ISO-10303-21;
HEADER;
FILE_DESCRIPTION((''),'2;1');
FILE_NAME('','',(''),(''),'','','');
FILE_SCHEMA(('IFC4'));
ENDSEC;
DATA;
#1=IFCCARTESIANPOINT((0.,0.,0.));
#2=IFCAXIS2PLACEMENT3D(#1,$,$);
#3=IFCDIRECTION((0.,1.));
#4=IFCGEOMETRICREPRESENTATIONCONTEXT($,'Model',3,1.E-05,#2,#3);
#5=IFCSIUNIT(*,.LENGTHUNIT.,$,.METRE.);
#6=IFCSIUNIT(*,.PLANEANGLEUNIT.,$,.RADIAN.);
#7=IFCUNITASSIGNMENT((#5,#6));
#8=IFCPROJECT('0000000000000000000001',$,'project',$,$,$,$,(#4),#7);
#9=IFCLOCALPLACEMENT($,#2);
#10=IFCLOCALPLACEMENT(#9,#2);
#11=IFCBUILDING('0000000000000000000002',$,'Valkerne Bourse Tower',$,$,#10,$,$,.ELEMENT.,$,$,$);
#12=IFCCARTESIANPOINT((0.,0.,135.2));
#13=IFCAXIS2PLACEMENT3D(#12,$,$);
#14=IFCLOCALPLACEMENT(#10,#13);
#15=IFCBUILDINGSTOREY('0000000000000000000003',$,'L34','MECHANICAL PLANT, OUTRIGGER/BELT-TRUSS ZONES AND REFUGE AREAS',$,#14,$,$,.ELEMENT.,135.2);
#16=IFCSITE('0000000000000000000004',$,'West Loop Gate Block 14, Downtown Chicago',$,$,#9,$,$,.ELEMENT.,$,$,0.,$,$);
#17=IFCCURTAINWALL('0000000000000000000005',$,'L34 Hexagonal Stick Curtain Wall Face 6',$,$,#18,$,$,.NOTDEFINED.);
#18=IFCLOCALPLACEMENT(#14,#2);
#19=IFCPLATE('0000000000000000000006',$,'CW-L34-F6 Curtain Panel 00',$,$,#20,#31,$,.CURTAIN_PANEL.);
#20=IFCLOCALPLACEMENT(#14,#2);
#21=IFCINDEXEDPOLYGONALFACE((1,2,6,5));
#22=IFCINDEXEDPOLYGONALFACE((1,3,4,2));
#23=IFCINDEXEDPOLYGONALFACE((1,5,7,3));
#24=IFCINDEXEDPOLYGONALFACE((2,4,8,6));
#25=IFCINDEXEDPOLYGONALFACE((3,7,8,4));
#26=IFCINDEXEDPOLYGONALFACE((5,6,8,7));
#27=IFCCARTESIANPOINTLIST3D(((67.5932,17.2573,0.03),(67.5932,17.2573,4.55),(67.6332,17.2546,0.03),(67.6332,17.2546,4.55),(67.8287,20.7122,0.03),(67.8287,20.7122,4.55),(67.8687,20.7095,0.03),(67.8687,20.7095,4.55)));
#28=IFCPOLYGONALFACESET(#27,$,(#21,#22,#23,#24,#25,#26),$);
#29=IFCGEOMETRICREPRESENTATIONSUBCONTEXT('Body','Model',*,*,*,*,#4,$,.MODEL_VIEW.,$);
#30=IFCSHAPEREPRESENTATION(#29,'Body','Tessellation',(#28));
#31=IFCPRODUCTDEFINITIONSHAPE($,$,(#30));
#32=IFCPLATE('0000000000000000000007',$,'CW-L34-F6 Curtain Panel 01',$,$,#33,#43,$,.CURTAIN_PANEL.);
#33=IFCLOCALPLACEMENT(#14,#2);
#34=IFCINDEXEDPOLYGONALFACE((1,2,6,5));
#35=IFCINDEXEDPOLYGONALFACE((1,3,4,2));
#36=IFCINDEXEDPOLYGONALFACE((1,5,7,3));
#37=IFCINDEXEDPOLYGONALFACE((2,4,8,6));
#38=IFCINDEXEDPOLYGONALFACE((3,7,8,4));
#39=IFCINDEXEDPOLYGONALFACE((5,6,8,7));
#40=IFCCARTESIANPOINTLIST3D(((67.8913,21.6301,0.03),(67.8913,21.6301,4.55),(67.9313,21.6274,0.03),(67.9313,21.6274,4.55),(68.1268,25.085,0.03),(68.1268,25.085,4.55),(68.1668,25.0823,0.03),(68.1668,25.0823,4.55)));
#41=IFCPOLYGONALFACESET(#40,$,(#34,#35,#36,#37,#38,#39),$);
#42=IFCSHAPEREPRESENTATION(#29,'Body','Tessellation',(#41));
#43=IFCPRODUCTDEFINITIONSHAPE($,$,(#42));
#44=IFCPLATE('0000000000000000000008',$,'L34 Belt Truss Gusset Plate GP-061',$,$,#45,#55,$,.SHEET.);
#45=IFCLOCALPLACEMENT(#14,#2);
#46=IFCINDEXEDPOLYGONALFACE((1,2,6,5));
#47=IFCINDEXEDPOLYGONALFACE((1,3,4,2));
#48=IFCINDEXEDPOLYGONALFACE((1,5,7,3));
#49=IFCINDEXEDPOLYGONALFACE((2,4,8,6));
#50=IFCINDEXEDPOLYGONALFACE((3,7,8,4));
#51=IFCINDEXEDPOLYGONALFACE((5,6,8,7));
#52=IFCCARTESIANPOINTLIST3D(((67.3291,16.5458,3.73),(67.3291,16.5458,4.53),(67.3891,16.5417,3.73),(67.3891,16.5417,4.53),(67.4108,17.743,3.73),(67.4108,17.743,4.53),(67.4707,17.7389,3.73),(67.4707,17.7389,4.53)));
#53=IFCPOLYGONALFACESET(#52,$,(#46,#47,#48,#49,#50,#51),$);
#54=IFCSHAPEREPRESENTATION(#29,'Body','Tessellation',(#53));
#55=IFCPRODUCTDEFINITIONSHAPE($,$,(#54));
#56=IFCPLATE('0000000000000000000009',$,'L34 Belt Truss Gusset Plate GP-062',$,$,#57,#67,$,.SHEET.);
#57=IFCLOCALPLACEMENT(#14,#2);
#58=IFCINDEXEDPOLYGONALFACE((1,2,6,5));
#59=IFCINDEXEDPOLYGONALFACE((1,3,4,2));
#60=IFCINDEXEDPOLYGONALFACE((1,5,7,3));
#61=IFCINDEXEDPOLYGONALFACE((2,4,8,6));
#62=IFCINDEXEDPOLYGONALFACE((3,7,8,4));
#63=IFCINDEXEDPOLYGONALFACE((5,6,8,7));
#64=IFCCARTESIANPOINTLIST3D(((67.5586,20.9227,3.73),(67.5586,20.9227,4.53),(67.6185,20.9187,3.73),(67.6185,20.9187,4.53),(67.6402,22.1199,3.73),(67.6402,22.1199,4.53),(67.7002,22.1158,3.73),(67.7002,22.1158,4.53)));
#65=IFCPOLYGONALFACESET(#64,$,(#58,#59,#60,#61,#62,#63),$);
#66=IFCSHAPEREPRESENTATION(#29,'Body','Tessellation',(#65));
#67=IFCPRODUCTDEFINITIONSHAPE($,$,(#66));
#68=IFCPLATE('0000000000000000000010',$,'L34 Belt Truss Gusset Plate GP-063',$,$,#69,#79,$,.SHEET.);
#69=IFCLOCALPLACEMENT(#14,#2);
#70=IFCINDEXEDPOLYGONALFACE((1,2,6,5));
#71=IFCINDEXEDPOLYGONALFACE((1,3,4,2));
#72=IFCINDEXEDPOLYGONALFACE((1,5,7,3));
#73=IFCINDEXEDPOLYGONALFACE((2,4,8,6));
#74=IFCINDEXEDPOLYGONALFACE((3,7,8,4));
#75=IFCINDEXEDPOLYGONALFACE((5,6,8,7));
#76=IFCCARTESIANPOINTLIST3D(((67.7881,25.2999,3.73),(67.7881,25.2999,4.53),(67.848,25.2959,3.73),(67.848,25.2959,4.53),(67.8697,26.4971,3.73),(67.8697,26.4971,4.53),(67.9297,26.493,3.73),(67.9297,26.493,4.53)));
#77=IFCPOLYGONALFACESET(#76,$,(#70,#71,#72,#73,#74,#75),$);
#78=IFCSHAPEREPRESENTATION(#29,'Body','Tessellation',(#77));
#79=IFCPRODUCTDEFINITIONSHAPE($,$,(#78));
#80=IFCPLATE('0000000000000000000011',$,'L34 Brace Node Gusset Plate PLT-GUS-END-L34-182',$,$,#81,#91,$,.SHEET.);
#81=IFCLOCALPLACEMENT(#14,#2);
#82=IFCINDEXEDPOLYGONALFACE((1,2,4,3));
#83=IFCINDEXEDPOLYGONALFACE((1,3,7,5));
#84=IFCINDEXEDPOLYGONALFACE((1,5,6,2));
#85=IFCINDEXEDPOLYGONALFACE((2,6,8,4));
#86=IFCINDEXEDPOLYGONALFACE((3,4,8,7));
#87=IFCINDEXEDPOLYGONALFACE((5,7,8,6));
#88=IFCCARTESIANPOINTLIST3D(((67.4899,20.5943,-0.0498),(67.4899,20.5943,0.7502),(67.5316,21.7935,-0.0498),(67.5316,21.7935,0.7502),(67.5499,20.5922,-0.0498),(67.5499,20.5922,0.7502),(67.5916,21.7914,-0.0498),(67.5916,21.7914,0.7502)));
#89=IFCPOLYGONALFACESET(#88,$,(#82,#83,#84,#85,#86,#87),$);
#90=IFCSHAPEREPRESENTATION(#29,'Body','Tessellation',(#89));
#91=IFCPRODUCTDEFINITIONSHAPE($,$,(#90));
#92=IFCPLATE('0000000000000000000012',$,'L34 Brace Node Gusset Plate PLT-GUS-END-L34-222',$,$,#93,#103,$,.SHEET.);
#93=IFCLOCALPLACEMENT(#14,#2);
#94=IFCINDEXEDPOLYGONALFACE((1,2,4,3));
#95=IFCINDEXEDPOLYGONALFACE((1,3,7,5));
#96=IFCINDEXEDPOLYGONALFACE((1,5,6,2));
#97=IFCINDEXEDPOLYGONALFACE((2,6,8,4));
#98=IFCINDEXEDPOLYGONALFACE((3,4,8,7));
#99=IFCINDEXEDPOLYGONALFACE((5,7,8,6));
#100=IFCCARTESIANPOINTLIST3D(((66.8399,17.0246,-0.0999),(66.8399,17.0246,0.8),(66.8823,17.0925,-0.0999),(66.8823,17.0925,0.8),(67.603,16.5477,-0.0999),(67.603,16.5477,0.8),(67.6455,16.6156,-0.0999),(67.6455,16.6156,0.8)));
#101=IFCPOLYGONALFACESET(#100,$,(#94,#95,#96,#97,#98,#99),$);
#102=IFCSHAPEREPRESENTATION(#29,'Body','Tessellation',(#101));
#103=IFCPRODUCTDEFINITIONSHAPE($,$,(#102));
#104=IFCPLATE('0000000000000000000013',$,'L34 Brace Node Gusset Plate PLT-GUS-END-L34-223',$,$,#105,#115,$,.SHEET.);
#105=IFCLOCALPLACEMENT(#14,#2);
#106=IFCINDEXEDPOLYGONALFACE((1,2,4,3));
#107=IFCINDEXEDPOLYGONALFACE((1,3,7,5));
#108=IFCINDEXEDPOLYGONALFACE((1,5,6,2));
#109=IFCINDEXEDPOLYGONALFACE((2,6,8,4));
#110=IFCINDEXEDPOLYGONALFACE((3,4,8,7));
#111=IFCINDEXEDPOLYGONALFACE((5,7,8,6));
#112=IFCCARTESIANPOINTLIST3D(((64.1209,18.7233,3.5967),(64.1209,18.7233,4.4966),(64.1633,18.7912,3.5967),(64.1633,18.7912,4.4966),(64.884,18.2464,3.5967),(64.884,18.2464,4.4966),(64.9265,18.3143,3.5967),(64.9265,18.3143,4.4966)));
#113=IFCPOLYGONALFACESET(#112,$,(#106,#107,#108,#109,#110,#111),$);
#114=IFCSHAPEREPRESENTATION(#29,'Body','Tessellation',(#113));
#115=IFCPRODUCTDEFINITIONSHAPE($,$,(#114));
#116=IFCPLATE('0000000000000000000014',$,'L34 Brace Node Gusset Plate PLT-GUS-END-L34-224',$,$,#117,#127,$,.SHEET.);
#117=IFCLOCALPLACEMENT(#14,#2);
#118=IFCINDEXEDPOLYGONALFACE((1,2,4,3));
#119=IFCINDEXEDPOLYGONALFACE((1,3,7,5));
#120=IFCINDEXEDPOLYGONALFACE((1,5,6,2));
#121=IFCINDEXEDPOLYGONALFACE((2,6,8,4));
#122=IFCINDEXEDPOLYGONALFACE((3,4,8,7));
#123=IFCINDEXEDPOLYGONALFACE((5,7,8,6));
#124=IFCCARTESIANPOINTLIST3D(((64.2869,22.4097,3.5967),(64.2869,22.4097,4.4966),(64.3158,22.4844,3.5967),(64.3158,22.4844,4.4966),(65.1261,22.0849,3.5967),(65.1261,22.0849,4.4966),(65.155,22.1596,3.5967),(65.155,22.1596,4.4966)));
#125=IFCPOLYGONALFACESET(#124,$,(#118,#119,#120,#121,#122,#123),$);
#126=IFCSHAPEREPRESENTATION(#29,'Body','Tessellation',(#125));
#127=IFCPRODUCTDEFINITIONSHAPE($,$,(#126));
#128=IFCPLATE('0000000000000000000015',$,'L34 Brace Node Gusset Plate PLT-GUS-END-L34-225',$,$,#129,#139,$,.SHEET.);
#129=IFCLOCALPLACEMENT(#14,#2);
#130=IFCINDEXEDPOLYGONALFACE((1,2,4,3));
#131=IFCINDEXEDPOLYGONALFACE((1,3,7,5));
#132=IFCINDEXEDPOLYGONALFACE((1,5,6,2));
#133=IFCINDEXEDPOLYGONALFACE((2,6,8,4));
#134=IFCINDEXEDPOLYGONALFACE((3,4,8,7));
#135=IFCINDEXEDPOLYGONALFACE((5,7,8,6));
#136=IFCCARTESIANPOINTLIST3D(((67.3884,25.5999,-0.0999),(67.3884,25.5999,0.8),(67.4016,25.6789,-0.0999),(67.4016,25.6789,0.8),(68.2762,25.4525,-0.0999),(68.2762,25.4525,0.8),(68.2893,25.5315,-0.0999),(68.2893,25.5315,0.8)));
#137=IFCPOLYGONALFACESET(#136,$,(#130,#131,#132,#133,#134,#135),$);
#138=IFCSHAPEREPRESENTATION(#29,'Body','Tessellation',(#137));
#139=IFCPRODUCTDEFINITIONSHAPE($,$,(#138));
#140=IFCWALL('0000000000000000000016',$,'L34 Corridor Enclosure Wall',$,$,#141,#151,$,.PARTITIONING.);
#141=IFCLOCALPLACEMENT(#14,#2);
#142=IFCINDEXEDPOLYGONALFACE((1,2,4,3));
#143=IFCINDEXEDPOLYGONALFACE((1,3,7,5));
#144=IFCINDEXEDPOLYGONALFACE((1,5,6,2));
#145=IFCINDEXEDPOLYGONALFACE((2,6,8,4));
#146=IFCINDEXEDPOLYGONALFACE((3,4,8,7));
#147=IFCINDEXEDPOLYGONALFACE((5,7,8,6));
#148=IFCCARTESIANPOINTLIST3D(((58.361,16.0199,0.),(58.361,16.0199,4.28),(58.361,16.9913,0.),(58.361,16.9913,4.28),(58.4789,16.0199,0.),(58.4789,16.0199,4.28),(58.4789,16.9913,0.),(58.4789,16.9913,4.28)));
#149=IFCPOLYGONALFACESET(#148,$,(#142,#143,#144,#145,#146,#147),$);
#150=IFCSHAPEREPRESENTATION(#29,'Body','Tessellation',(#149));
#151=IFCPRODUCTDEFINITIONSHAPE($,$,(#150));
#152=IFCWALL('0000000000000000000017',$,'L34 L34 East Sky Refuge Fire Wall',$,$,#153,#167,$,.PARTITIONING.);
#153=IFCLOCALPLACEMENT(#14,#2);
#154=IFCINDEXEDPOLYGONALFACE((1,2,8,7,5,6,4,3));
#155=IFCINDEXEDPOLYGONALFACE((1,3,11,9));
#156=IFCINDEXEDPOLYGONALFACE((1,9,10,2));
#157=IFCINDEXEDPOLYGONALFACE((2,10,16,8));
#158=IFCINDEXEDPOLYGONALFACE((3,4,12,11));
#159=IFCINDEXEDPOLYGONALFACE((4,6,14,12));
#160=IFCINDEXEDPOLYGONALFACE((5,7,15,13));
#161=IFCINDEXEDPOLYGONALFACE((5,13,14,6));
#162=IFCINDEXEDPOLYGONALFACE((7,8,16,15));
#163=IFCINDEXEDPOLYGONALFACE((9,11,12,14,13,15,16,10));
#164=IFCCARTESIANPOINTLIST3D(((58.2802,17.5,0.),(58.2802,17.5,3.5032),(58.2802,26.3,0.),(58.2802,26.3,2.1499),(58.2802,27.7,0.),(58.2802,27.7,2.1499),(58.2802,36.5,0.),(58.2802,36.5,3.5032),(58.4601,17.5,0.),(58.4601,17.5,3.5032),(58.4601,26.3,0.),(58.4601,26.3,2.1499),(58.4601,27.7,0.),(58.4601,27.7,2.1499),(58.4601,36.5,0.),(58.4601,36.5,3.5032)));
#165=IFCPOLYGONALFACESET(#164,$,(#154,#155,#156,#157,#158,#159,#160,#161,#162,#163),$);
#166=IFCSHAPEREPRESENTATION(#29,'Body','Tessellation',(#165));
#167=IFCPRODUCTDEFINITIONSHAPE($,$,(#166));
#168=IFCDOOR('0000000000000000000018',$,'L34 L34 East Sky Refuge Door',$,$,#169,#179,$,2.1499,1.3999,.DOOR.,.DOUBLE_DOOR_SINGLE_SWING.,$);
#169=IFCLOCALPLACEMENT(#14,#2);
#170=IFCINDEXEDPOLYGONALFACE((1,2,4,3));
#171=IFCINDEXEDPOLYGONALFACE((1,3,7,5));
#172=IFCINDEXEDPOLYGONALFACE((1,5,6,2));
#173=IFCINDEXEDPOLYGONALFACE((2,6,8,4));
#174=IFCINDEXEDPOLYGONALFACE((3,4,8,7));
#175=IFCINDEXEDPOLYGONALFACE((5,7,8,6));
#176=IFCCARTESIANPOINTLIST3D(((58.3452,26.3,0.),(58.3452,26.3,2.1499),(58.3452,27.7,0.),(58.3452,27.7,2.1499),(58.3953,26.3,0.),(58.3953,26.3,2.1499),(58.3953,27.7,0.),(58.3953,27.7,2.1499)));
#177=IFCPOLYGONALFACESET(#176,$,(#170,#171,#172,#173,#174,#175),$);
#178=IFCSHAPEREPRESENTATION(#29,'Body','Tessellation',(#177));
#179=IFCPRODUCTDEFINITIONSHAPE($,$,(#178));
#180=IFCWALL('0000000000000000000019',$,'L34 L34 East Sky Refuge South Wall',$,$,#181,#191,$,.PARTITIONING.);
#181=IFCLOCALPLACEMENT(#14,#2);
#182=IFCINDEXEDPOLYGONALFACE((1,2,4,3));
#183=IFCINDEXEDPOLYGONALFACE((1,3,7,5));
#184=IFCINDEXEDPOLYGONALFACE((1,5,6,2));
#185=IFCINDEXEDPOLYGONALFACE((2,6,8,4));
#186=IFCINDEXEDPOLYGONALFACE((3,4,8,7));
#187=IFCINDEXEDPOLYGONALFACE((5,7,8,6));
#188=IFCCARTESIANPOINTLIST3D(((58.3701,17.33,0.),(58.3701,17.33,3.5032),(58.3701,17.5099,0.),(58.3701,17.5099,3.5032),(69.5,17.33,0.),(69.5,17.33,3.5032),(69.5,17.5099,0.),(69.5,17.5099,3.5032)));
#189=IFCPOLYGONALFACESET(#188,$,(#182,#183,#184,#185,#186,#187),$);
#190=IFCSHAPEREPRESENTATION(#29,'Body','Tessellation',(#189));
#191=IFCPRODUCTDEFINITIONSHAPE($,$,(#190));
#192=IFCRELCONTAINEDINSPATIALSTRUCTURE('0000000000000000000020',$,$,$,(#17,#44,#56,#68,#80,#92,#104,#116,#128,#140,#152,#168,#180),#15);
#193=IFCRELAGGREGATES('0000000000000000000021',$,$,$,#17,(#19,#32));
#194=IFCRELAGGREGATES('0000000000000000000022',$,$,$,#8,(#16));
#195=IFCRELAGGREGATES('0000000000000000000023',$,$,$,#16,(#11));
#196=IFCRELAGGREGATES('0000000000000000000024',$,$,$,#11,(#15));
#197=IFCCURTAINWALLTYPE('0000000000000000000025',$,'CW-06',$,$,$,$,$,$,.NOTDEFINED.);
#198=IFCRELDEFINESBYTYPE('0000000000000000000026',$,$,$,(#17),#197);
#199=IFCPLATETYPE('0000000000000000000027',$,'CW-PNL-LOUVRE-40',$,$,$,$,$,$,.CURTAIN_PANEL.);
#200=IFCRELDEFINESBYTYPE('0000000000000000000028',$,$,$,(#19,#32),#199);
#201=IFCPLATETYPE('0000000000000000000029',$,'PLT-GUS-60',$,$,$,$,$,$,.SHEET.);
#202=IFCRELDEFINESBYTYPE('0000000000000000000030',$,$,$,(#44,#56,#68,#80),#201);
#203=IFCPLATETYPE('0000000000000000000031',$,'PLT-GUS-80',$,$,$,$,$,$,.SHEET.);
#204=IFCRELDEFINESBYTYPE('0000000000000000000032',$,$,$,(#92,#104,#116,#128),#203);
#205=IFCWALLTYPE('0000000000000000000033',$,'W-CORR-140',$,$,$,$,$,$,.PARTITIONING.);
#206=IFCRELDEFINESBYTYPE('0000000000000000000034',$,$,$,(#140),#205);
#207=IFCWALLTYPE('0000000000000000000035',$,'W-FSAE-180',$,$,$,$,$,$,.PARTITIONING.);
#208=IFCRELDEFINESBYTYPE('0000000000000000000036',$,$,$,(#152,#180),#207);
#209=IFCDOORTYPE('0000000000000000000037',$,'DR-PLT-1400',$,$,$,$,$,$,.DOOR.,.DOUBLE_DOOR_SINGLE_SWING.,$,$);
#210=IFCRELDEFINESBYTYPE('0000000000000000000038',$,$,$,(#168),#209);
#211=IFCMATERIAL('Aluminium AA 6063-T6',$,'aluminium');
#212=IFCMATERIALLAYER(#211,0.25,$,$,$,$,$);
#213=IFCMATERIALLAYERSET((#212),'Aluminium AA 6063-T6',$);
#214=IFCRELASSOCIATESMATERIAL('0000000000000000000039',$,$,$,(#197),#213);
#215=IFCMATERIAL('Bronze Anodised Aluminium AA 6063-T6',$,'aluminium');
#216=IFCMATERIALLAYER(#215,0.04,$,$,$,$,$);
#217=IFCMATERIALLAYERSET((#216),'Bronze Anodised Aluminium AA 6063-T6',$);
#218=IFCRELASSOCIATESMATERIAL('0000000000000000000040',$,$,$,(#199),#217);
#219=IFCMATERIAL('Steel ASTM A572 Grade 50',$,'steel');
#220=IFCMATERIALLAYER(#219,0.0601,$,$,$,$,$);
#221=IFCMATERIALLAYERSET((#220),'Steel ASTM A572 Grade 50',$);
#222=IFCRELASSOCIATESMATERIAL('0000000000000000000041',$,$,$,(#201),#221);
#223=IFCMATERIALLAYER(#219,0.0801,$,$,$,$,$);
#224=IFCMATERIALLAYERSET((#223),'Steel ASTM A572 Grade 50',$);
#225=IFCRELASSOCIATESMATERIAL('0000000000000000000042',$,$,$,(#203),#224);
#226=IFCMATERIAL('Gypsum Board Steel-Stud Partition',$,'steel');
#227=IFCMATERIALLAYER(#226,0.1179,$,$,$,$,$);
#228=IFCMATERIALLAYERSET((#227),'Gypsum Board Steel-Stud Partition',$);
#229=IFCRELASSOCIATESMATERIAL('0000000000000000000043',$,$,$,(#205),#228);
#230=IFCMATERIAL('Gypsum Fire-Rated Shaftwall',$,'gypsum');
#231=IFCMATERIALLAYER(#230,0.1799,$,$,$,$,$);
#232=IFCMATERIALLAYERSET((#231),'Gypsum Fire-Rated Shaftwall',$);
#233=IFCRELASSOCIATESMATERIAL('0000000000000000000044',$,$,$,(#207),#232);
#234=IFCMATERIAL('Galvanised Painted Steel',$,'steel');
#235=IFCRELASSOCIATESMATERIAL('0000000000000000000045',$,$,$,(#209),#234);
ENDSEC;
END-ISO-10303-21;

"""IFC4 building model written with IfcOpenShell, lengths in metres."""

from ifc_helpers import new_model, si_unit, direction, frame, frame_2d, origin, origin_2d, place, context, subcontext, project, spatial, rectangle, extrude, material, layer, layer_set, type_object, element, fill, aggregate, save


model = new_model("IFC4")

# Units and contexts
model_context = context("Model", 3, precision=1e-05, world=origin(), true_north=direction((0.0, 1.0)))
body_context = subcontext(model_context, "Body", "Model", "MODEL_VIEW")
ifc_project = project(units=[si_unit("LENGTHUNIT", "METRE"), si_unit("PLANEANGLEUNIT", "RADIAN")], contexts=[model_context])

# Site, building, storey
site_placement = place(None, origin())
site = spatial("IfcSite", under=ifc_project, at=site_placement, Name="West Loop Gate Block 14, Downtown Chicago", CompositionType="ELEMENT", RefElevation=0.0)
building_placement = place(site_placement, origin())
building = spatial("IfcBuilding", under=site, at=building_placement, Name="Valkerne Bourse Tower", CompositionType="ELEMENT")
storey_placement = place(building_placement, frame((0.0, 0.0, 135.2)))
storey = spatial("IfcBuildingStorey", under=building, at=storey_placement, Name="L34", Description="MECHANICAL PLANT, OUTRIGGER/BELT-TRUSS ZONES AND REFUGE AREAS", CompositionType="ELEMENT", Elevation=135.2)

# Curtain wall
ifc_material_1 = material(Name="Aluminium AA 6063-T6", Category="aluminium")
ifc_layer_1 = layer(ifc_material_1, 0.25)
ifc_layer_set_1 = layer_set([ifc_layer_1], Name="Aluminium AA 6063-T6")
curtain_wall_type = type_object("IfcCurtainWallType", Name="CW-06", PredefinedType="NOTDEFINED", material=ifc_layer_set_1)
curtain_wall_placement = place(storey_placement, origin())
curtain_wall = element("IfcCurtainWall", 1, at=curtain_wall_placement, inside=storey, type_object=curtain_wall_type, Name="L34 Hexagonal Stick Curtain Wall Face 6", PredefinedType="NOTDEFINED")

# Plates
ifc_material_2 = material(Name="Bronze Anodised Aluminium AA 6063-T6", Category="aluminium")
ifc_layer_2 = layer(ifc_material_2, 0.04)
ifc_layer_set_2 = layer_set([ifc_layer_2], Name="Bronze Anodised Aluminium AA 6063-T6")
plate_type_1 = type_object("IfcPlateType", Name="CW-PNL-LOUVRE-40", PredefinedType="CURTAIN_PANEL", material=ifc_layer_set_2)
plate_1_placement = place(storey_placement, frame((67.731, 18.9834, 0.03), z_axis=(0.0, 0.0, 1.0), x_axis=(0.068012, 0.997685, 0.0)))
plate_1 = element("IfcPlate", 2, at=plate_1_placement, type_object=plate_type_1, Name="CW-L34-F6 Curtain Panel 00", PredefinedType="CURTAIN_PANEL", context=body_context, shape_type="SweptSolid", body=[
    extrude(rectangle(XDim=3.4629, YDim=0.04, at=origin_2d()), origin(), (0.0, 0.0, 1.0), 4.52),
])
plate_2_placement = place(storey_placement, frame((68.0291, 23.3562, 0.03), z_axis=(0.0, 0.0, 1.0), x_axis=(0.068014, 0.997684, 0.0)))
plate_2 = element("IfcPlate", 3, at=plate_2_placement, type_object=plate_type_1, Name="CW-L34-F6 Curtain Panel 01", PredefinedType="CURTAIN_PANEL", context=body_context, shape_type="SweptSolid", body=[
    extrude(rectangle(XDim=3.4629, YDim=0.04, at=origin_2d()), origin(), (0.0, 0.0, 1.0), 4.52),
])
aggregate(curtain_wall, [plate_1, plate_2])

# Plates
ifc_material_3 = material(Name="Steel ASTM A572 Grade 50", Category="steel")
ifc_layer_3 = layer(ifc_material_3, 0.0601)
ifc_layer_set_3 = layer_set([ifc_layer_3], Name="Steel ASTM A572 Grade 50")
plate_type_2 = type_object("IfcPlateType", Name="PLT-GUS-60", PredefinedType="SHEET", material=ifc_layer_set_3)
for number, where, z_axis, x_axis, name in (
    (4, (67.3999, 17.1423, 3.73), (0.0, 0.0, 1.0), (0.068015, 0.997684, 0.0), "L34 Belt Truss Gusset Plate GP-061"),
    (5, (67.6294, 21.5193, 3.73), (0.0, 0.0, 1.0), (0.068015, 0.997684, 0.0), "L34 Belt Truss Gusset Plate GP-062"),
    (6, (67.8589, 25.8965, 3.73), (0.0, 0.0, 1.0), (0.068015, 0.997684, 0.0), "L34 Belt Truss Gusset Plate GP-063"),
    (7, (67.5408, 21.1929, -0.0498), (0.0, 0.0, 1.0), (-0.034725, -0.999397, 0.0), "L34 Brace Node Gusset Plate PLT-GUS-END-L34-182"),
):
    element("IfcPlate", number, at=place(storey_placement, frame(where, z_axis=z_axis, x_axis=x_axis)), inside=storey, type_object=plate_type_2, Name=name, PredefinedType="SHEET", context=body_context, shape_type="SweptSolid", body=[
        extrude(rectangle(XDim=1.2, YDim=0.0601, at=origin_2d()), origin(), (0.0, 0.0, 1.0), 0.8),
    ])
ifc_layer_4 = layer(ifc_material_3, 0.0801)
ifc_layer_set_4 = layer_set([ifc_layer_4], Name="Steel ASTM A572 Grade 50")
plate_type_3 = type_object("IfcPlateType", Name="PLT-GUS-80", PredefinedType="SHEET", material=ifc_layer_set_4)
for number, where, z_axis, x_axis, name in (
    (8, (67.2427, 16.8201, -0.0999), (0.0, 0.0, 1.0), (-0.848048, 0.529919, 0.0), "L34 Brace Node Gusset Plate PLT-GUS-END-L34-222"),
    (9, (64.5237, 18.5188, 3.5967), (0.0, 0.0, 1.0), (-0.848048, 0.529919, 0.0), "L34 Brace Node Gusset Plate PLT-GUS-END-L34-223"),
    (10, (64.7209, 22.2847, 3.5967), (0.0, 0.0, 1.0), (-0.932576, 0.360974, 0.0), "L34 Brace Node Gusset Plate PLT-GUS-END-L34-224"),
    (11, (67.8389, 25.5657, -0.0999), (0.0, 0.0, 1.0), (-0.986487, 0.163843, 0.0), "L34 Brace Node Gusset Plate PLT-GUS-END-L34-225"),
):
    element("IfcPlate", number, at=place(storey_placement, frame(where, z_axis=z_axis, x_axis=x_axis)), inside=storey, type_object=plate_type_3, Name=name, PredefinedType="SHEET", context=body_context, shape_type="SweptSolid", body=[
        extrude(rectangle(XDim=0.8999, YDim=0.0801, at=origin_2d()), origin(), (0.0, 0.0, 1.0), 0.8999),
    ])

# Wall
ifc_material_4 = material(Name="Gypsum Board Steel-Stud Partition", Category="steel")
ifc_layer_5 = layer(ifc_material_4, 0.1179)
ifc_layer_set_5 = layer_set([ifc_layer_5], Name="Gypsum Board Steel-Stud Partition")
wall_type_1 = type_object("IfcWallType", Name="W-CORR-140", PredefinedType="PARTITIONING", material=ifc_layer_set_5)
wall_1_placement = place(storey_placement, frame((58.4199, 16.9915, 0.0), z_axis=(0.0, 0.0, 1.0), x_axis=(0.0, -1.0, 0.0)))
element("IfcWall", 12, at=wall_1_placement, inside=storey, type_object=wall_type_1, Name="L34 Corridor Enclosure Wall", PredefinedType="PARTITIONING", context=body_context, shape_type="SweptSolid", body=[
    extrude(rectangle(XDim=0.9714, YDim=0.1179, at=frame_2d((0.4858, 0.0))), origin(), (0.0, 0.0, 1.0), 4.28),
])

# Wall, opening, door
ifc_material_5 = material(Name="Gypsum Fire-Rated Shaftwall", Category="gypsum")
ifc_layer_6 = layer(ifc_material_5, 0.1799)
ifc_layer_set_6 = layer_set([ifc_layer_6], Name="Gypsum Fire-Rated Shaftwall")
wall_type_2 = type_object("IfcWallType", Name="W-FSAE-180", PredefinedType="PARTITIONING", material=ifc_layer_set_6)
wall_2_placement = place(storey_placement, frame((58.3701, 17.5, 0.0), z_axis=(0.0, 0.0, 1.0), x_axis=(0.0, 1.0, 0.0)))
wall_2 = element("IfcWall", 13, at=wall_2_placement, inside=storey, type_object=wall_type_2, Name="L34 L34 East Sky Refuge Fire Wall", PredefinedType="PARTITIONING", context=body_context, shape_type="SweptSolid", body=[
    extrude(rectangle(XDim=19.0, YDim=0.1799, at=frame_2d((9.5, 0.0))), origin(), (0.0, 0.0, 1.0), 3.5032),
])
opening_placement = place(wall_2_placement, frame((8.8, 0.0, 0.0)))
opening = element("IfcOpeningElement", 14, at=opening_placement, cuts=wall_2, PredefinedType="OPENING", context=body_context, shape_type="SweptSolid", body=[
    extrude(rectangle(XDim=1.3999, YDim=2.1499, at=frame_2d((0.7, 1.075))), frame((0.0, 0.0999, 0.0), z_axis=(0.0, -1.0, 0.0), x_axis=(1.0, 0.0, 0.0)), (0.0, 0.0, 1.0), 0.2),
])
ifc_material_6 = material(Name="Galvanised Painted Steel", Category="steel")
door_type = type_object("IfcDoorType", Name="DR-PLT-1400", OperationType="DOUBLE_DOOR_SINGLE_SWING", PredefinedType="DOOR", material=ifc_material_6)
door_placement = place(opening_placement, origin())
door = element("IfcDoor", 15, at=door_placement, inside=storey, type_object=door_type, Name="L34 L34 East Sky Refuge Door", OperationType="DOUBLE_DOOR_SINGLE_SWING", OverallHeight=2.1499, OverallWidth=1.3999, PredefinedType="DOOR", context=body_context, shape_type="SweptSolid", body=[
    extrude(rectangle(XDim=1.3999, YDim=2.1499, at=frame_2d((0.7, 1.075))), frame((0.0, 0.0249, 0.0), z_axis=(0.0, -1.0, 0.0), x_axis=(1.0, 0.0, 0.0)), (0.0, 0.0, 1.0), 0.05),
])
fill(opening, door)

# Wall
wall_3_placement = place(storey_placement, frame((58.3701, 17.4199, 0.0), z_axis=(0.0, 0.0, 1.0), x_axis=(1.0, 0.0, 0.0)))
element("IfcWall", 16, at=wall_3_placement, inside=storey, type_object=wall_type_2, Name="L34 L34 East Sky Refuge South Wall", PredefinedType="PARTITIONING", context=body_context, shape_type="SweptSolid", body=[
    extrude(rectangle(XDim=11.1299, YDim=0.1799, at=frame_2d((5.5649, 0.0))), origin(), (0.0, 0.0, 1.0), 3.5032),
])

save(model, "model.ifc")
